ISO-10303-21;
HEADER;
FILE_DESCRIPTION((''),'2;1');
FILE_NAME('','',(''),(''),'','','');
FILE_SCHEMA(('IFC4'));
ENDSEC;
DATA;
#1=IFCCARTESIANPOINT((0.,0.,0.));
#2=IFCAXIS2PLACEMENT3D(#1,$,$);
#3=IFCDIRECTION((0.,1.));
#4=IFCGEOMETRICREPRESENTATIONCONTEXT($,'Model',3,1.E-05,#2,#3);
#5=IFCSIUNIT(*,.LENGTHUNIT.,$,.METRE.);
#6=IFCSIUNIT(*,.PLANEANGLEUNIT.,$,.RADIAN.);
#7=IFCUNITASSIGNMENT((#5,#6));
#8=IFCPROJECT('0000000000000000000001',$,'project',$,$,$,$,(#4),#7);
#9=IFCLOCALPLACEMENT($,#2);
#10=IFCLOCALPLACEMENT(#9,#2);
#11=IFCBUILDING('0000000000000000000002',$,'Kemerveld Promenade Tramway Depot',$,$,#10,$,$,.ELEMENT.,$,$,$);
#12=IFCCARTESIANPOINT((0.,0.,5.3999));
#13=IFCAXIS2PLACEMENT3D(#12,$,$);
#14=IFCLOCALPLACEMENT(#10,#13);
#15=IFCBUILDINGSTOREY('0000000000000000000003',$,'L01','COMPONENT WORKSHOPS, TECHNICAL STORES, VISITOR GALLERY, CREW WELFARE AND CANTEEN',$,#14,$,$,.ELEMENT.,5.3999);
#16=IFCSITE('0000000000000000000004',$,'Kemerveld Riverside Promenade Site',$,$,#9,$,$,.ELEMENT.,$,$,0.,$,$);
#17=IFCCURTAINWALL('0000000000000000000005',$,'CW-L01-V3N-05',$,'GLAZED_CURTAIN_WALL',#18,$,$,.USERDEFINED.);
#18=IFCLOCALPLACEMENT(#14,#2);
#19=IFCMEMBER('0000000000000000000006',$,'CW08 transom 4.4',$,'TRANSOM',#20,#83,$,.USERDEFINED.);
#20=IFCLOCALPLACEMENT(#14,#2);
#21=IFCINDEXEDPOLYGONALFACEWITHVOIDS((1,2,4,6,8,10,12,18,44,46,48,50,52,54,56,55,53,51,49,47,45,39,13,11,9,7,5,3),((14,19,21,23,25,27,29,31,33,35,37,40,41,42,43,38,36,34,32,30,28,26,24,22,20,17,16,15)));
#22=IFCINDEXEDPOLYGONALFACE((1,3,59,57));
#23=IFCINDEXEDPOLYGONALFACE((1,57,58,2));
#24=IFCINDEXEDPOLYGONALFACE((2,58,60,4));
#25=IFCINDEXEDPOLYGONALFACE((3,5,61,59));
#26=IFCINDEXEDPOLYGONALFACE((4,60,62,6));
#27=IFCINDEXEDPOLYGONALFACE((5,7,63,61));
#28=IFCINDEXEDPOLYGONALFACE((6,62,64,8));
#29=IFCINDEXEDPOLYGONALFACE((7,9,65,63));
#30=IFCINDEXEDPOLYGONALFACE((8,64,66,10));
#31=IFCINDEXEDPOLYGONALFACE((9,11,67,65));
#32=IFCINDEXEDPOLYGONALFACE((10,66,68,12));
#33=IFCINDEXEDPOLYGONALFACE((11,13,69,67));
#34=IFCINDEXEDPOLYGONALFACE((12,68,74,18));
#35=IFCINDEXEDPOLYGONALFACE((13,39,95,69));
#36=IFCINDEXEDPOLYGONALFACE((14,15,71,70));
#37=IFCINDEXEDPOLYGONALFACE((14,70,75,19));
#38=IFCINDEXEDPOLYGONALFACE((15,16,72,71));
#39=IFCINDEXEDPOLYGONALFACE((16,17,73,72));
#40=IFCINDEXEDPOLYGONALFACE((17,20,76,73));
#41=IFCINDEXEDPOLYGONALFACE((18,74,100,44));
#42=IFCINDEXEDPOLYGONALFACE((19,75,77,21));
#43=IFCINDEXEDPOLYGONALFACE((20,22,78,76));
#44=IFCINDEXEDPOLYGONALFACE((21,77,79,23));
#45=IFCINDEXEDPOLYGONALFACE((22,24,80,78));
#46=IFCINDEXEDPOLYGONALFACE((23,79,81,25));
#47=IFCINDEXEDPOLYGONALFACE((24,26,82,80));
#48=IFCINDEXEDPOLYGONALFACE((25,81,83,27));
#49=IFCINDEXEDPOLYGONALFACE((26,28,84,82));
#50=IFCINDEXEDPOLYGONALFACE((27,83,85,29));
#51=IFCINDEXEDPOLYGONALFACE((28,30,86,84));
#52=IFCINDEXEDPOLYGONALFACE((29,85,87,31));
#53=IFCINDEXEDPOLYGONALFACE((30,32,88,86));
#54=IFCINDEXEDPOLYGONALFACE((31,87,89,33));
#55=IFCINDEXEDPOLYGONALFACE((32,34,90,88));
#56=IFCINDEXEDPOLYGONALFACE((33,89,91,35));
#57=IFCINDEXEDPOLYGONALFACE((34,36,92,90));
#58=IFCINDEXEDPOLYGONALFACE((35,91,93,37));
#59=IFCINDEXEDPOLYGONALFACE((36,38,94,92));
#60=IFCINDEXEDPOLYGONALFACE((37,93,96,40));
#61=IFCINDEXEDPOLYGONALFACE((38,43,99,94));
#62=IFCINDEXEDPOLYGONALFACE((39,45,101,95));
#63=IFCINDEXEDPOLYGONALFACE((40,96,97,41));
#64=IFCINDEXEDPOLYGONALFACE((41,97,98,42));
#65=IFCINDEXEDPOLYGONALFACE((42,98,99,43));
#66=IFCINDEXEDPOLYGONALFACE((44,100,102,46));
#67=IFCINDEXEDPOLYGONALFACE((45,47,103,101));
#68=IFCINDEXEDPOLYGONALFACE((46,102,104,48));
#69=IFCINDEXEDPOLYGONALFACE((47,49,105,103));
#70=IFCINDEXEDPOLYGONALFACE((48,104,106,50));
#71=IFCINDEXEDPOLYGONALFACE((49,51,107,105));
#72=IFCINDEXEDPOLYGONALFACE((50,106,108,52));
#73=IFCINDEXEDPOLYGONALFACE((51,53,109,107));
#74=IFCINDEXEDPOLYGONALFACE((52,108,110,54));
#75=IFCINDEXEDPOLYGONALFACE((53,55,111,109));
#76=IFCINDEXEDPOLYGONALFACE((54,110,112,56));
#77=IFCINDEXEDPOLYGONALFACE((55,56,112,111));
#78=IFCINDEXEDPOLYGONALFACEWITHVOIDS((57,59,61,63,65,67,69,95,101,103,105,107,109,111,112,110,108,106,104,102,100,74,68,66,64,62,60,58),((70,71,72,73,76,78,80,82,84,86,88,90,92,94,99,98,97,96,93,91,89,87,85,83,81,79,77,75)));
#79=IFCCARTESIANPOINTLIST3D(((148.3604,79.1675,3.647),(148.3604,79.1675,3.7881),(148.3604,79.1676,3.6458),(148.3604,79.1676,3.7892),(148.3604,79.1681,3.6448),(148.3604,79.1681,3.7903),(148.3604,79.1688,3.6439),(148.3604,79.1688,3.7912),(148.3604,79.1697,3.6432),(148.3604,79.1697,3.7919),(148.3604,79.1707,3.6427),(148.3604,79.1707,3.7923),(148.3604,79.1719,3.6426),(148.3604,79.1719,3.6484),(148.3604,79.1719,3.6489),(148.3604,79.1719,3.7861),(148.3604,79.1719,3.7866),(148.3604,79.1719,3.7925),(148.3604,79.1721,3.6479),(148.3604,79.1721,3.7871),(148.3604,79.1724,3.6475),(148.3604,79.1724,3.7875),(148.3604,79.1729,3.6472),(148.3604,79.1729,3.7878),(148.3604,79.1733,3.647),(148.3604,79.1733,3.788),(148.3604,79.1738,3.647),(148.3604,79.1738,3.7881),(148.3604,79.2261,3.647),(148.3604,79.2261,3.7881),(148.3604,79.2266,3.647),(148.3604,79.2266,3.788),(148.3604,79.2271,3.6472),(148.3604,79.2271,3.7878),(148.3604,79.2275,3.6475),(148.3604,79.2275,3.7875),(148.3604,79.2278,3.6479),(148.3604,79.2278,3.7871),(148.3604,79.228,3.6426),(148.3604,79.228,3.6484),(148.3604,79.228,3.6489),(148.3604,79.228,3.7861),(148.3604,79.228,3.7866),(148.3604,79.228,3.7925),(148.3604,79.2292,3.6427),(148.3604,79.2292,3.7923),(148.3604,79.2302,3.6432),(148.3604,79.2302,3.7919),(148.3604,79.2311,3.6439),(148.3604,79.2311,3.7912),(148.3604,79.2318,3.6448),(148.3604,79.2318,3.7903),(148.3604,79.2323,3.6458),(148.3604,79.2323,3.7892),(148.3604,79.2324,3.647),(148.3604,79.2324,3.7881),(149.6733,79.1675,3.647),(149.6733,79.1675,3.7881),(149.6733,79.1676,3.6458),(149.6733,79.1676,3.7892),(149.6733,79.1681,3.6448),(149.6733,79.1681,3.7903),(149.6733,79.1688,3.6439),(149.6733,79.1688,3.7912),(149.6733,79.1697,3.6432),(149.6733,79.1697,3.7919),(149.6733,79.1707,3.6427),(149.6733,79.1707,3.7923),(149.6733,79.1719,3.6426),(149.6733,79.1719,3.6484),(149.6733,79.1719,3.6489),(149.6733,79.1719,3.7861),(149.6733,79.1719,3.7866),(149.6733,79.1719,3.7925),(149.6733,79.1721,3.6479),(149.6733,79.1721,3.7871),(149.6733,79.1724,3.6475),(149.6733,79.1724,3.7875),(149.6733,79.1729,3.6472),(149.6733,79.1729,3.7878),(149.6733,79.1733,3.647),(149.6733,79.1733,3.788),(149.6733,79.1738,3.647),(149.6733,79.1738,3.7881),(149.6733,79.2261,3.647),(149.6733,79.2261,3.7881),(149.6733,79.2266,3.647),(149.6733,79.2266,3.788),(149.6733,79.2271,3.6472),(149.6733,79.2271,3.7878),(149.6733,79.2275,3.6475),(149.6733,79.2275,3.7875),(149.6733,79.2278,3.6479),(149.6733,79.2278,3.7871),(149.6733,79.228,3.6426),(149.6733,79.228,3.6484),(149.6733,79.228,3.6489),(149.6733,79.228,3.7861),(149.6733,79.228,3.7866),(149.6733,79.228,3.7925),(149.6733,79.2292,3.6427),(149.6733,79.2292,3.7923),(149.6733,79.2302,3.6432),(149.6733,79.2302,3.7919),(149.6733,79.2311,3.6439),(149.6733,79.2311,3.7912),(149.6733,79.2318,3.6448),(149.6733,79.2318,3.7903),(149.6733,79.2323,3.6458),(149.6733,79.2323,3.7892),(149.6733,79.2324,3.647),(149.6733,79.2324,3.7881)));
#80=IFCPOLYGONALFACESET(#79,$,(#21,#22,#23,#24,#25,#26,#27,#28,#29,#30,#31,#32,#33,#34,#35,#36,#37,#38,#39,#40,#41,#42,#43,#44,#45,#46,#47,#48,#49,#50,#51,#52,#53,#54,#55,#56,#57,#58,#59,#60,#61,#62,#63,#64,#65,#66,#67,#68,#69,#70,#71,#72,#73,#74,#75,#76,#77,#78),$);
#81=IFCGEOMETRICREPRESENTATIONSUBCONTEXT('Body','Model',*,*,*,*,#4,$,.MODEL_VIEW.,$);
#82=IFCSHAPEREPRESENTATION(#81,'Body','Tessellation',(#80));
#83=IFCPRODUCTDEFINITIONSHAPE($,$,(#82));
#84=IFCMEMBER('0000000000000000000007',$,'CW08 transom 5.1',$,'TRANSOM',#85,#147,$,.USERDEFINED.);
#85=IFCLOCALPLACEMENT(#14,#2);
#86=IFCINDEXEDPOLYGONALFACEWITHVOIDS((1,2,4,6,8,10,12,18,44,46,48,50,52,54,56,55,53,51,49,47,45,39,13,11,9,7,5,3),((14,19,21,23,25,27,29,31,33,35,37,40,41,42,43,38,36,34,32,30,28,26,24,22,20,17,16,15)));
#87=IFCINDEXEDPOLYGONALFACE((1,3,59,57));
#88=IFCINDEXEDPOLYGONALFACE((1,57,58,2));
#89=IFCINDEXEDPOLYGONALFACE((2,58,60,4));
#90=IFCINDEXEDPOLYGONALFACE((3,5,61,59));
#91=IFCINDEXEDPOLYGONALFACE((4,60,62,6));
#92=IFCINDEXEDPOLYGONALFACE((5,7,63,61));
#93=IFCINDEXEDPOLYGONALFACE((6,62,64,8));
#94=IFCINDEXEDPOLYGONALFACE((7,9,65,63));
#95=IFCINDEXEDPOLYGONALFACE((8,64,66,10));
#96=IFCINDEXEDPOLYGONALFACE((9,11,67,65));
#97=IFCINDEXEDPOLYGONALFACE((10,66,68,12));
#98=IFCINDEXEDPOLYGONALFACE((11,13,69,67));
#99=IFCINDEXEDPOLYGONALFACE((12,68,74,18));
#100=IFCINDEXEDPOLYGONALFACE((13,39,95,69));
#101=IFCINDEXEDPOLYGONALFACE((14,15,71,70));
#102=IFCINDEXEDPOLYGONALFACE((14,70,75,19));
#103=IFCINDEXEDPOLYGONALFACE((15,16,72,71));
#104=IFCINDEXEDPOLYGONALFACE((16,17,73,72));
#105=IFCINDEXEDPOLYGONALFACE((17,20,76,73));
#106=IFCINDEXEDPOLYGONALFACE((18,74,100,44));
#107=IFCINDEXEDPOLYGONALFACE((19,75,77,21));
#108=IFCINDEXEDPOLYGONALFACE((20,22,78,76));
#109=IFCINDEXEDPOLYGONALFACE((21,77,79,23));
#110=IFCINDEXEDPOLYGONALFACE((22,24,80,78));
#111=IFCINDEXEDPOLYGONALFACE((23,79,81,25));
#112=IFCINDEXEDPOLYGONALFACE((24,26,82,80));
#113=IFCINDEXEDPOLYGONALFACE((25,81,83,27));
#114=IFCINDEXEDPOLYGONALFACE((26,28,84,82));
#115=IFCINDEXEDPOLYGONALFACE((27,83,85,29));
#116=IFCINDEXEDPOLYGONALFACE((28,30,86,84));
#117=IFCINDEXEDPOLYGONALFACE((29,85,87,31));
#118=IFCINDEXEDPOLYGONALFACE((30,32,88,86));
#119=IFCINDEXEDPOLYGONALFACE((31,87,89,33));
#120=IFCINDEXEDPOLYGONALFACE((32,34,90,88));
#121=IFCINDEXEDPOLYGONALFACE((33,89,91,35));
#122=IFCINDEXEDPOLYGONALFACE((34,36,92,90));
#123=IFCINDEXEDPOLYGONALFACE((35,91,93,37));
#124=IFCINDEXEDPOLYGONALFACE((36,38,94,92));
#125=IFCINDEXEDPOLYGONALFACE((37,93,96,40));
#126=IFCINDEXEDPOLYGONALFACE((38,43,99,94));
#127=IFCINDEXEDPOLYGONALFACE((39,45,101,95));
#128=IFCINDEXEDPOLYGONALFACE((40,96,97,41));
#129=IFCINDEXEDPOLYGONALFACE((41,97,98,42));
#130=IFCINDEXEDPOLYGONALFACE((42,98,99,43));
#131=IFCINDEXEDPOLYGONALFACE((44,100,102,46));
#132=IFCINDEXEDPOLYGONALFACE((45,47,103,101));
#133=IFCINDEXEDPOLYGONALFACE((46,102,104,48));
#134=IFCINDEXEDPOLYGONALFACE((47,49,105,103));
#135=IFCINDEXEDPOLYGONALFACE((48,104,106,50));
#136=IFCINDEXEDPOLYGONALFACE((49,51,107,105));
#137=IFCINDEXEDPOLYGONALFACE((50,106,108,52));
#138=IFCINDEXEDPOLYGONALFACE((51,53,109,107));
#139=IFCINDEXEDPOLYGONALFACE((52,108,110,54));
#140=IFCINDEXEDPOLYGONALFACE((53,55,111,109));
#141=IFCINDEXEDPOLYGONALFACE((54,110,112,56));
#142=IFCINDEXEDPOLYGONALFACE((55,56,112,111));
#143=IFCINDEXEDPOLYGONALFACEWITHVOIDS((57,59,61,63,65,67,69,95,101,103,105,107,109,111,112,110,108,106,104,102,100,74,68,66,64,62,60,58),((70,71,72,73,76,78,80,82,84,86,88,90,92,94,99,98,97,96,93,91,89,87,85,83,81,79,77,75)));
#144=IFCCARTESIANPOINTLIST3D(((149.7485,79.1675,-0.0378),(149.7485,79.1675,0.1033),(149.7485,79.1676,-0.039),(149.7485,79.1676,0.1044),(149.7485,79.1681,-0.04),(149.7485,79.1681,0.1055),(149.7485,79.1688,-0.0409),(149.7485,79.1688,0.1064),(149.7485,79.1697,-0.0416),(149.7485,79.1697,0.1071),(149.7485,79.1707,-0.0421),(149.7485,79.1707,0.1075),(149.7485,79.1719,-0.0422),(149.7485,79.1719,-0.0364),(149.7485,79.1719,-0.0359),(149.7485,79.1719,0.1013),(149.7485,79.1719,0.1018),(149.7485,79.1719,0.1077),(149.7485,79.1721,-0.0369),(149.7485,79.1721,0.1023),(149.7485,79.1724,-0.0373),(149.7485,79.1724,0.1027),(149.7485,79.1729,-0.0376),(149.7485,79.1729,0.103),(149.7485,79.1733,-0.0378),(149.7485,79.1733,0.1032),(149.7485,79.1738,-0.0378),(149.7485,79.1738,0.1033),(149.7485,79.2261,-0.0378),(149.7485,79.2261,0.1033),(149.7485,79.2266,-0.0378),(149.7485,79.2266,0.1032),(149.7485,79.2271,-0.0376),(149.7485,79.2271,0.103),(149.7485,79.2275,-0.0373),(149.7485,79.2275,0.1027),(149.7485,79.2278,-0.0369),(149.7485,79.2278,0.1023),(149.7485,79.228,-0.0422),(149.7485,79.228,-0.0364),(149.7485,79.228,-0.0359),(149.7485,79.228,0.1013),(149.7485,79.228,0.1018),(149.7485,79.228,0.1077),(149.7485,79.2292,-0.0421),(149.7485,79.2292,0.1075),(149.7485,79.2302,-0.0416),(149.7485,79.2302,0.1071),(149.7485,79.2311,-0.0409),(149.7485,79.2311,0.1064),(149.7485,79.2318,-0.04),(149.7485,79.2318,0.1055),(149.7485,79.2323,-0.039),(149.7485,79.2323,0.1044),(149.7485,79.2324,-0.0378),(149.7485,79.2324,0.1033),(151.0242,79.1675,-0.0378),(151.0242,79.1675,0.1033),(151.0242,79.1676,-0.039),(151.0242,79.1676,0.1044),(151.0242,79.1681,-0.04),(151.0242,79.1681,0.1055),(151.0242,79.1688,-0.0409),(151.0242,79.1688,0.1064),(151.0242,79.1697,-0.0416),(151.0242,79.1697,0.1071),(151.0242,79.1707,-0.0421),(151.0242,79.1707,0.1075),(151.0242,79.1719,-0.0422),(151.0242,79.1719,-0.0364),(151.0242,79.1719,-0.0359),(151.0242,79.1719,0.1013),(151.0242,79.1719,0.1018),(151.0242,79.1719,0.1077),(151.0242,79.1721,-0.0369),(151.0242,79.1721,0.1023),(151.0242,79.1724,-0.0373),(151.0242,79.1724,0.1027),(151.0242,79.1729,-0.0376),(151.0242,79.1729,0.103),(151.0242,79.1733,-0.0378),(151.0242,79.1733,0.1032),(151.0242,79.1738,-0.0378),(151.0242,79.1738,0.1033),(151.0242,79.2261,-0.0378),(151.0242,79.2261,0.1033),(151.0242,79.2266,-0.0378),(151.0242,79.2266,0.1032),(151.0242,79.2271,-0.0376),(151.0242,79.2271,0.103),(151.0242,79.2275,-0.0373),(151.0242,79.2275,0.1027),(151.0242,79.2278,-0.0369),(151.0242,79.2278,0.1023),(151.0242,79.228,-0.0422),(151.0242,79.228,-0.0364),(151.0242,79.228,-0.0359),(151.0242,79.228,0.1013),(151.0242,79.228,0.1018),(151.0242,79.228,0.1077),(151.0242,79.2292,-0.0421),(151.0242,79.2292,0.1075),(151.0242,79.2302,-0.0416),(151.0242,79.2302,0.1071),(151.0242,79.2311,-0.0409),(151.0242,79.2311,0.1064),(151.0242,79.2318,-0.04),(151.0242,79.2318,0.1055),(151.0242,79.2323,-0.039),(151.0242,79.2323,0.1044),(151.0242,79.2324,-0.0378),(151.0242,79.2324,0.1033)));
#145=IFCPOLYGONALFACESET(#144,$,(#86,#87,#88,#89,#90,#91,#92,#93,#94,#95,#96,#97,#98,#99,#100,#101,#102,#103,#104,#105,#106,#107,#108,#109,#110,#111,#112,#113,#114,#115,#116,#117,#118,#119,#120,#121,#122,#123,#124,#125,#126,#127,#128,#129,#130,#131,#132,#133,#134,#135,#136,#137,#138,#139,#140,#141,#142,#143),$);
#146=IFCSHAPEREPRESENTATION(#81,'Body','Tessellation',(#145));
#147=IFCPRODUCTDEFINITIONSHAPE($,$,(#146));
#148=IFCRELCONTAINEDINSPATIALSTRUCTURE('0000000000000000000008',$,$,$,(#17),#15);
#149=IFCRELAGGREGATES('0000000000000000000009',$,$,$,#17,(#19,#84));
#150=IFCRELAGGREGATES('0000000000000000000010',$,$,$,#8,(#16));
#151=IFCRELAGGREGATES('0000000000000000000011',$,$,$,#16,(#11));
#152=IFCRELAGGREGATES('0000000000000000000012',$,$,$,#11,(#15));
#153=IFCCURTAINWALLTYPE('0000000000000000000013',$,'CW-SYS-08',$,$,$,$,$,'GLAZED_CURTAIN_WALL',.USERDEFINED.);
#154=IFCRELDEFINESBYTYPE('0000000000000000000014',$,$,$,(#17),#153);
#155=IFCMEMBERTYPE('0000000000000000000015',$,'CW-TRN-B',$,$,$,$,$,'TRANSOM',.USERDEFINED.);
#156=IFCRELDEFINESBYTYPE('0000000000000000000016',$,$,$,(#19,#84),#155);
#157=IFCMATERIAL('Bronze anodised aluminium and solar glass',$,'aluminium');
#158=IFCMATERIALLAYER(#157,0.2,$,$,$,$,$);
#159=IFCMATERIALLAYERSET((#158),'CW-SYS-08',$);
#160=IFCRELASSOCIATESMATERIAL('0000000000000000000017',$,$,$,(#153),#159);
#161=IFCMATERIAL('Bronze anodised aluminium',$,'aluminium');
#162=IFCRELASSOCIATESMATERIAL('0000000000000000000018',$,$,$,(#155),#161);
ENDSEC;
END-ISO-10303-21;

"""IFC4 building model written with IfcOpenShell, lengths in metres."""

from ifc_helpers import new_model, si_unit, direction, frame, origin, origin_2d, place, context, subcontext, project, spatial, hollow_rectangle, extrude, material, layer, layer_set, material_profile, profile_set, type_object, element, aggregate, save


model = new_model("IFC4")

# Units and contexts
model_context = context("Model", 3, precision=1e-05, world=origin(), true_north=direction((0.0, 1.0)))
body_context = subcontext(model_context, "Body", "Model", "MODEL_VIEW")
ifc_project = project(units=[si_unit("LENGTHUNIT", "METRE"), si_unit("PLANEANGLEUNIT", "RADIAN")], contexts=[model_context])

# Site, building, storey
site_placement = place(None, origin())
site = spatial("IfcSite", under=ifc_project, at=site_placement, Name="Kemerveld Riverside Promenade Site", CompositionType="ELEMENT", RefElevation=0.0)
building_placement = place(site_placement, origin())
building = spatial("IfcBuilding", under=site, at=building_placement, Name="Kemerveld Promenade Tramway Depot", CompositionType="ELEMENT")
storey_placement = place(building_placement, frame((0.0, 0.0, 5.3999)))
storey = spatial("IfcBuildingStorey", under=building, at=storey_placement, Name="L01", Description="COMPONENT WORKSHOPS, TECHNICAL STORES, VISITOR GALLERY, CREW WELFARE AND CANTEEN", CompositionType="ELEMENT", Elevation=5.3999)

# Curtain wall, members
ifc_material_1 = material(Name="Bronze anodised aluminium and solar glass", Category="aluminium")
ifc_layer_1 = layer(ifc_material_1, 0.2)
ifc_layer_set_1 = layer_set([ifc_layer_1], Name="CW-SYS-08")
curtain_wall_type = type_object("IfcCurtainWallType", Name="CW-SYS-08", ElementType="GLAZED_CURTAIN_WALL", PredefinedType="USERDEFINED", material=ifc_layer_set_1)
curtain_wall_placement = place(storey_placement, origin())
curtain_wall = element("IfcCurtainWall", 1, at=curtain_wall_placement, inside=storey, type_object=curtain_wall_type, Name="CW-L01-V3N-05", ObjectType="GLAZED_CURTAIN_WALL", PredefinedType="USERDEFINED")
ifc_material_2 = material(Name="Bronze anodised aluminium", Category="aluminium")
ifc_material_profile_1 = material_profile(ifc_material_2, hollow_rectangle(XDim=0.0649, YDim=0.1499, WallThickness=0.0044, InnerFilletRadius=0.002, OuterFilletRadius=0.0044, at=origin_2d()), Name="CW-TRN-150x65")
ifc_profile_set_1 = profile_set([ifc_material_profile_1], Name="Bronze anodised aluminium")
member_type_1 = type_object("IfcMemberType", Name="CW-TRN-B", ElementType="TRANSOM", PredefinedType="USERDEFINED", material=ifc_profile_set_1)
member_1_placement = place(storey_placement, frame((148.3604, 79.2, 3.7175), z_axis=(1.0, 0.0, 0.0), x_axis=(0.0, 1.0, 0.0)))
member_1 = element("IfcMember", 2, at=member_1_placement, type_object=member_type_1, Name="CW08 transom 4.4", ObjectType="TRANSOM", PredefinedType="USERDEFINED", context=body_context, shape_type="SweptSolid", body=[
    extrude(hollow_rectangle(XDim=0.0649, YDim=0.1499, WallThickness=0.0044, InnerFilletRadius=0.002, OuterFilletRadius=0.0044, at=origin_2d()), origin(), (0.0, 0.0, 1.0), 1.313),
])
member_2_placement = place(storey_placement, frame((149.7485, 79.2, 0.0327), z_axis=(1.0, 0.0, 0.0), x_axis=(0.0, 1.0, 0.0)))
member_2 = element("IfcMember", 3, at=member_2_placement, type_object=member_type_1, Name="CW08 transom 5.1", ObjectType="TRANSOM", PredefinedType="USERDEFINED", context=body_context, shape_type="SweptSolid", body=[
    extrude(hollow_rectangle(XDim=0.0649, YDim=0.1499, WallThickness=0.0044, InnerFilletRadius=0.002, OuterFilletRadius=0.0044, at=origin_2d()), origin(), (0.0, 0.0, 1.0), 1.2756),
])
aggregate(curtain_wall, [member_1, member_2])

save(model, "model.ifc")
